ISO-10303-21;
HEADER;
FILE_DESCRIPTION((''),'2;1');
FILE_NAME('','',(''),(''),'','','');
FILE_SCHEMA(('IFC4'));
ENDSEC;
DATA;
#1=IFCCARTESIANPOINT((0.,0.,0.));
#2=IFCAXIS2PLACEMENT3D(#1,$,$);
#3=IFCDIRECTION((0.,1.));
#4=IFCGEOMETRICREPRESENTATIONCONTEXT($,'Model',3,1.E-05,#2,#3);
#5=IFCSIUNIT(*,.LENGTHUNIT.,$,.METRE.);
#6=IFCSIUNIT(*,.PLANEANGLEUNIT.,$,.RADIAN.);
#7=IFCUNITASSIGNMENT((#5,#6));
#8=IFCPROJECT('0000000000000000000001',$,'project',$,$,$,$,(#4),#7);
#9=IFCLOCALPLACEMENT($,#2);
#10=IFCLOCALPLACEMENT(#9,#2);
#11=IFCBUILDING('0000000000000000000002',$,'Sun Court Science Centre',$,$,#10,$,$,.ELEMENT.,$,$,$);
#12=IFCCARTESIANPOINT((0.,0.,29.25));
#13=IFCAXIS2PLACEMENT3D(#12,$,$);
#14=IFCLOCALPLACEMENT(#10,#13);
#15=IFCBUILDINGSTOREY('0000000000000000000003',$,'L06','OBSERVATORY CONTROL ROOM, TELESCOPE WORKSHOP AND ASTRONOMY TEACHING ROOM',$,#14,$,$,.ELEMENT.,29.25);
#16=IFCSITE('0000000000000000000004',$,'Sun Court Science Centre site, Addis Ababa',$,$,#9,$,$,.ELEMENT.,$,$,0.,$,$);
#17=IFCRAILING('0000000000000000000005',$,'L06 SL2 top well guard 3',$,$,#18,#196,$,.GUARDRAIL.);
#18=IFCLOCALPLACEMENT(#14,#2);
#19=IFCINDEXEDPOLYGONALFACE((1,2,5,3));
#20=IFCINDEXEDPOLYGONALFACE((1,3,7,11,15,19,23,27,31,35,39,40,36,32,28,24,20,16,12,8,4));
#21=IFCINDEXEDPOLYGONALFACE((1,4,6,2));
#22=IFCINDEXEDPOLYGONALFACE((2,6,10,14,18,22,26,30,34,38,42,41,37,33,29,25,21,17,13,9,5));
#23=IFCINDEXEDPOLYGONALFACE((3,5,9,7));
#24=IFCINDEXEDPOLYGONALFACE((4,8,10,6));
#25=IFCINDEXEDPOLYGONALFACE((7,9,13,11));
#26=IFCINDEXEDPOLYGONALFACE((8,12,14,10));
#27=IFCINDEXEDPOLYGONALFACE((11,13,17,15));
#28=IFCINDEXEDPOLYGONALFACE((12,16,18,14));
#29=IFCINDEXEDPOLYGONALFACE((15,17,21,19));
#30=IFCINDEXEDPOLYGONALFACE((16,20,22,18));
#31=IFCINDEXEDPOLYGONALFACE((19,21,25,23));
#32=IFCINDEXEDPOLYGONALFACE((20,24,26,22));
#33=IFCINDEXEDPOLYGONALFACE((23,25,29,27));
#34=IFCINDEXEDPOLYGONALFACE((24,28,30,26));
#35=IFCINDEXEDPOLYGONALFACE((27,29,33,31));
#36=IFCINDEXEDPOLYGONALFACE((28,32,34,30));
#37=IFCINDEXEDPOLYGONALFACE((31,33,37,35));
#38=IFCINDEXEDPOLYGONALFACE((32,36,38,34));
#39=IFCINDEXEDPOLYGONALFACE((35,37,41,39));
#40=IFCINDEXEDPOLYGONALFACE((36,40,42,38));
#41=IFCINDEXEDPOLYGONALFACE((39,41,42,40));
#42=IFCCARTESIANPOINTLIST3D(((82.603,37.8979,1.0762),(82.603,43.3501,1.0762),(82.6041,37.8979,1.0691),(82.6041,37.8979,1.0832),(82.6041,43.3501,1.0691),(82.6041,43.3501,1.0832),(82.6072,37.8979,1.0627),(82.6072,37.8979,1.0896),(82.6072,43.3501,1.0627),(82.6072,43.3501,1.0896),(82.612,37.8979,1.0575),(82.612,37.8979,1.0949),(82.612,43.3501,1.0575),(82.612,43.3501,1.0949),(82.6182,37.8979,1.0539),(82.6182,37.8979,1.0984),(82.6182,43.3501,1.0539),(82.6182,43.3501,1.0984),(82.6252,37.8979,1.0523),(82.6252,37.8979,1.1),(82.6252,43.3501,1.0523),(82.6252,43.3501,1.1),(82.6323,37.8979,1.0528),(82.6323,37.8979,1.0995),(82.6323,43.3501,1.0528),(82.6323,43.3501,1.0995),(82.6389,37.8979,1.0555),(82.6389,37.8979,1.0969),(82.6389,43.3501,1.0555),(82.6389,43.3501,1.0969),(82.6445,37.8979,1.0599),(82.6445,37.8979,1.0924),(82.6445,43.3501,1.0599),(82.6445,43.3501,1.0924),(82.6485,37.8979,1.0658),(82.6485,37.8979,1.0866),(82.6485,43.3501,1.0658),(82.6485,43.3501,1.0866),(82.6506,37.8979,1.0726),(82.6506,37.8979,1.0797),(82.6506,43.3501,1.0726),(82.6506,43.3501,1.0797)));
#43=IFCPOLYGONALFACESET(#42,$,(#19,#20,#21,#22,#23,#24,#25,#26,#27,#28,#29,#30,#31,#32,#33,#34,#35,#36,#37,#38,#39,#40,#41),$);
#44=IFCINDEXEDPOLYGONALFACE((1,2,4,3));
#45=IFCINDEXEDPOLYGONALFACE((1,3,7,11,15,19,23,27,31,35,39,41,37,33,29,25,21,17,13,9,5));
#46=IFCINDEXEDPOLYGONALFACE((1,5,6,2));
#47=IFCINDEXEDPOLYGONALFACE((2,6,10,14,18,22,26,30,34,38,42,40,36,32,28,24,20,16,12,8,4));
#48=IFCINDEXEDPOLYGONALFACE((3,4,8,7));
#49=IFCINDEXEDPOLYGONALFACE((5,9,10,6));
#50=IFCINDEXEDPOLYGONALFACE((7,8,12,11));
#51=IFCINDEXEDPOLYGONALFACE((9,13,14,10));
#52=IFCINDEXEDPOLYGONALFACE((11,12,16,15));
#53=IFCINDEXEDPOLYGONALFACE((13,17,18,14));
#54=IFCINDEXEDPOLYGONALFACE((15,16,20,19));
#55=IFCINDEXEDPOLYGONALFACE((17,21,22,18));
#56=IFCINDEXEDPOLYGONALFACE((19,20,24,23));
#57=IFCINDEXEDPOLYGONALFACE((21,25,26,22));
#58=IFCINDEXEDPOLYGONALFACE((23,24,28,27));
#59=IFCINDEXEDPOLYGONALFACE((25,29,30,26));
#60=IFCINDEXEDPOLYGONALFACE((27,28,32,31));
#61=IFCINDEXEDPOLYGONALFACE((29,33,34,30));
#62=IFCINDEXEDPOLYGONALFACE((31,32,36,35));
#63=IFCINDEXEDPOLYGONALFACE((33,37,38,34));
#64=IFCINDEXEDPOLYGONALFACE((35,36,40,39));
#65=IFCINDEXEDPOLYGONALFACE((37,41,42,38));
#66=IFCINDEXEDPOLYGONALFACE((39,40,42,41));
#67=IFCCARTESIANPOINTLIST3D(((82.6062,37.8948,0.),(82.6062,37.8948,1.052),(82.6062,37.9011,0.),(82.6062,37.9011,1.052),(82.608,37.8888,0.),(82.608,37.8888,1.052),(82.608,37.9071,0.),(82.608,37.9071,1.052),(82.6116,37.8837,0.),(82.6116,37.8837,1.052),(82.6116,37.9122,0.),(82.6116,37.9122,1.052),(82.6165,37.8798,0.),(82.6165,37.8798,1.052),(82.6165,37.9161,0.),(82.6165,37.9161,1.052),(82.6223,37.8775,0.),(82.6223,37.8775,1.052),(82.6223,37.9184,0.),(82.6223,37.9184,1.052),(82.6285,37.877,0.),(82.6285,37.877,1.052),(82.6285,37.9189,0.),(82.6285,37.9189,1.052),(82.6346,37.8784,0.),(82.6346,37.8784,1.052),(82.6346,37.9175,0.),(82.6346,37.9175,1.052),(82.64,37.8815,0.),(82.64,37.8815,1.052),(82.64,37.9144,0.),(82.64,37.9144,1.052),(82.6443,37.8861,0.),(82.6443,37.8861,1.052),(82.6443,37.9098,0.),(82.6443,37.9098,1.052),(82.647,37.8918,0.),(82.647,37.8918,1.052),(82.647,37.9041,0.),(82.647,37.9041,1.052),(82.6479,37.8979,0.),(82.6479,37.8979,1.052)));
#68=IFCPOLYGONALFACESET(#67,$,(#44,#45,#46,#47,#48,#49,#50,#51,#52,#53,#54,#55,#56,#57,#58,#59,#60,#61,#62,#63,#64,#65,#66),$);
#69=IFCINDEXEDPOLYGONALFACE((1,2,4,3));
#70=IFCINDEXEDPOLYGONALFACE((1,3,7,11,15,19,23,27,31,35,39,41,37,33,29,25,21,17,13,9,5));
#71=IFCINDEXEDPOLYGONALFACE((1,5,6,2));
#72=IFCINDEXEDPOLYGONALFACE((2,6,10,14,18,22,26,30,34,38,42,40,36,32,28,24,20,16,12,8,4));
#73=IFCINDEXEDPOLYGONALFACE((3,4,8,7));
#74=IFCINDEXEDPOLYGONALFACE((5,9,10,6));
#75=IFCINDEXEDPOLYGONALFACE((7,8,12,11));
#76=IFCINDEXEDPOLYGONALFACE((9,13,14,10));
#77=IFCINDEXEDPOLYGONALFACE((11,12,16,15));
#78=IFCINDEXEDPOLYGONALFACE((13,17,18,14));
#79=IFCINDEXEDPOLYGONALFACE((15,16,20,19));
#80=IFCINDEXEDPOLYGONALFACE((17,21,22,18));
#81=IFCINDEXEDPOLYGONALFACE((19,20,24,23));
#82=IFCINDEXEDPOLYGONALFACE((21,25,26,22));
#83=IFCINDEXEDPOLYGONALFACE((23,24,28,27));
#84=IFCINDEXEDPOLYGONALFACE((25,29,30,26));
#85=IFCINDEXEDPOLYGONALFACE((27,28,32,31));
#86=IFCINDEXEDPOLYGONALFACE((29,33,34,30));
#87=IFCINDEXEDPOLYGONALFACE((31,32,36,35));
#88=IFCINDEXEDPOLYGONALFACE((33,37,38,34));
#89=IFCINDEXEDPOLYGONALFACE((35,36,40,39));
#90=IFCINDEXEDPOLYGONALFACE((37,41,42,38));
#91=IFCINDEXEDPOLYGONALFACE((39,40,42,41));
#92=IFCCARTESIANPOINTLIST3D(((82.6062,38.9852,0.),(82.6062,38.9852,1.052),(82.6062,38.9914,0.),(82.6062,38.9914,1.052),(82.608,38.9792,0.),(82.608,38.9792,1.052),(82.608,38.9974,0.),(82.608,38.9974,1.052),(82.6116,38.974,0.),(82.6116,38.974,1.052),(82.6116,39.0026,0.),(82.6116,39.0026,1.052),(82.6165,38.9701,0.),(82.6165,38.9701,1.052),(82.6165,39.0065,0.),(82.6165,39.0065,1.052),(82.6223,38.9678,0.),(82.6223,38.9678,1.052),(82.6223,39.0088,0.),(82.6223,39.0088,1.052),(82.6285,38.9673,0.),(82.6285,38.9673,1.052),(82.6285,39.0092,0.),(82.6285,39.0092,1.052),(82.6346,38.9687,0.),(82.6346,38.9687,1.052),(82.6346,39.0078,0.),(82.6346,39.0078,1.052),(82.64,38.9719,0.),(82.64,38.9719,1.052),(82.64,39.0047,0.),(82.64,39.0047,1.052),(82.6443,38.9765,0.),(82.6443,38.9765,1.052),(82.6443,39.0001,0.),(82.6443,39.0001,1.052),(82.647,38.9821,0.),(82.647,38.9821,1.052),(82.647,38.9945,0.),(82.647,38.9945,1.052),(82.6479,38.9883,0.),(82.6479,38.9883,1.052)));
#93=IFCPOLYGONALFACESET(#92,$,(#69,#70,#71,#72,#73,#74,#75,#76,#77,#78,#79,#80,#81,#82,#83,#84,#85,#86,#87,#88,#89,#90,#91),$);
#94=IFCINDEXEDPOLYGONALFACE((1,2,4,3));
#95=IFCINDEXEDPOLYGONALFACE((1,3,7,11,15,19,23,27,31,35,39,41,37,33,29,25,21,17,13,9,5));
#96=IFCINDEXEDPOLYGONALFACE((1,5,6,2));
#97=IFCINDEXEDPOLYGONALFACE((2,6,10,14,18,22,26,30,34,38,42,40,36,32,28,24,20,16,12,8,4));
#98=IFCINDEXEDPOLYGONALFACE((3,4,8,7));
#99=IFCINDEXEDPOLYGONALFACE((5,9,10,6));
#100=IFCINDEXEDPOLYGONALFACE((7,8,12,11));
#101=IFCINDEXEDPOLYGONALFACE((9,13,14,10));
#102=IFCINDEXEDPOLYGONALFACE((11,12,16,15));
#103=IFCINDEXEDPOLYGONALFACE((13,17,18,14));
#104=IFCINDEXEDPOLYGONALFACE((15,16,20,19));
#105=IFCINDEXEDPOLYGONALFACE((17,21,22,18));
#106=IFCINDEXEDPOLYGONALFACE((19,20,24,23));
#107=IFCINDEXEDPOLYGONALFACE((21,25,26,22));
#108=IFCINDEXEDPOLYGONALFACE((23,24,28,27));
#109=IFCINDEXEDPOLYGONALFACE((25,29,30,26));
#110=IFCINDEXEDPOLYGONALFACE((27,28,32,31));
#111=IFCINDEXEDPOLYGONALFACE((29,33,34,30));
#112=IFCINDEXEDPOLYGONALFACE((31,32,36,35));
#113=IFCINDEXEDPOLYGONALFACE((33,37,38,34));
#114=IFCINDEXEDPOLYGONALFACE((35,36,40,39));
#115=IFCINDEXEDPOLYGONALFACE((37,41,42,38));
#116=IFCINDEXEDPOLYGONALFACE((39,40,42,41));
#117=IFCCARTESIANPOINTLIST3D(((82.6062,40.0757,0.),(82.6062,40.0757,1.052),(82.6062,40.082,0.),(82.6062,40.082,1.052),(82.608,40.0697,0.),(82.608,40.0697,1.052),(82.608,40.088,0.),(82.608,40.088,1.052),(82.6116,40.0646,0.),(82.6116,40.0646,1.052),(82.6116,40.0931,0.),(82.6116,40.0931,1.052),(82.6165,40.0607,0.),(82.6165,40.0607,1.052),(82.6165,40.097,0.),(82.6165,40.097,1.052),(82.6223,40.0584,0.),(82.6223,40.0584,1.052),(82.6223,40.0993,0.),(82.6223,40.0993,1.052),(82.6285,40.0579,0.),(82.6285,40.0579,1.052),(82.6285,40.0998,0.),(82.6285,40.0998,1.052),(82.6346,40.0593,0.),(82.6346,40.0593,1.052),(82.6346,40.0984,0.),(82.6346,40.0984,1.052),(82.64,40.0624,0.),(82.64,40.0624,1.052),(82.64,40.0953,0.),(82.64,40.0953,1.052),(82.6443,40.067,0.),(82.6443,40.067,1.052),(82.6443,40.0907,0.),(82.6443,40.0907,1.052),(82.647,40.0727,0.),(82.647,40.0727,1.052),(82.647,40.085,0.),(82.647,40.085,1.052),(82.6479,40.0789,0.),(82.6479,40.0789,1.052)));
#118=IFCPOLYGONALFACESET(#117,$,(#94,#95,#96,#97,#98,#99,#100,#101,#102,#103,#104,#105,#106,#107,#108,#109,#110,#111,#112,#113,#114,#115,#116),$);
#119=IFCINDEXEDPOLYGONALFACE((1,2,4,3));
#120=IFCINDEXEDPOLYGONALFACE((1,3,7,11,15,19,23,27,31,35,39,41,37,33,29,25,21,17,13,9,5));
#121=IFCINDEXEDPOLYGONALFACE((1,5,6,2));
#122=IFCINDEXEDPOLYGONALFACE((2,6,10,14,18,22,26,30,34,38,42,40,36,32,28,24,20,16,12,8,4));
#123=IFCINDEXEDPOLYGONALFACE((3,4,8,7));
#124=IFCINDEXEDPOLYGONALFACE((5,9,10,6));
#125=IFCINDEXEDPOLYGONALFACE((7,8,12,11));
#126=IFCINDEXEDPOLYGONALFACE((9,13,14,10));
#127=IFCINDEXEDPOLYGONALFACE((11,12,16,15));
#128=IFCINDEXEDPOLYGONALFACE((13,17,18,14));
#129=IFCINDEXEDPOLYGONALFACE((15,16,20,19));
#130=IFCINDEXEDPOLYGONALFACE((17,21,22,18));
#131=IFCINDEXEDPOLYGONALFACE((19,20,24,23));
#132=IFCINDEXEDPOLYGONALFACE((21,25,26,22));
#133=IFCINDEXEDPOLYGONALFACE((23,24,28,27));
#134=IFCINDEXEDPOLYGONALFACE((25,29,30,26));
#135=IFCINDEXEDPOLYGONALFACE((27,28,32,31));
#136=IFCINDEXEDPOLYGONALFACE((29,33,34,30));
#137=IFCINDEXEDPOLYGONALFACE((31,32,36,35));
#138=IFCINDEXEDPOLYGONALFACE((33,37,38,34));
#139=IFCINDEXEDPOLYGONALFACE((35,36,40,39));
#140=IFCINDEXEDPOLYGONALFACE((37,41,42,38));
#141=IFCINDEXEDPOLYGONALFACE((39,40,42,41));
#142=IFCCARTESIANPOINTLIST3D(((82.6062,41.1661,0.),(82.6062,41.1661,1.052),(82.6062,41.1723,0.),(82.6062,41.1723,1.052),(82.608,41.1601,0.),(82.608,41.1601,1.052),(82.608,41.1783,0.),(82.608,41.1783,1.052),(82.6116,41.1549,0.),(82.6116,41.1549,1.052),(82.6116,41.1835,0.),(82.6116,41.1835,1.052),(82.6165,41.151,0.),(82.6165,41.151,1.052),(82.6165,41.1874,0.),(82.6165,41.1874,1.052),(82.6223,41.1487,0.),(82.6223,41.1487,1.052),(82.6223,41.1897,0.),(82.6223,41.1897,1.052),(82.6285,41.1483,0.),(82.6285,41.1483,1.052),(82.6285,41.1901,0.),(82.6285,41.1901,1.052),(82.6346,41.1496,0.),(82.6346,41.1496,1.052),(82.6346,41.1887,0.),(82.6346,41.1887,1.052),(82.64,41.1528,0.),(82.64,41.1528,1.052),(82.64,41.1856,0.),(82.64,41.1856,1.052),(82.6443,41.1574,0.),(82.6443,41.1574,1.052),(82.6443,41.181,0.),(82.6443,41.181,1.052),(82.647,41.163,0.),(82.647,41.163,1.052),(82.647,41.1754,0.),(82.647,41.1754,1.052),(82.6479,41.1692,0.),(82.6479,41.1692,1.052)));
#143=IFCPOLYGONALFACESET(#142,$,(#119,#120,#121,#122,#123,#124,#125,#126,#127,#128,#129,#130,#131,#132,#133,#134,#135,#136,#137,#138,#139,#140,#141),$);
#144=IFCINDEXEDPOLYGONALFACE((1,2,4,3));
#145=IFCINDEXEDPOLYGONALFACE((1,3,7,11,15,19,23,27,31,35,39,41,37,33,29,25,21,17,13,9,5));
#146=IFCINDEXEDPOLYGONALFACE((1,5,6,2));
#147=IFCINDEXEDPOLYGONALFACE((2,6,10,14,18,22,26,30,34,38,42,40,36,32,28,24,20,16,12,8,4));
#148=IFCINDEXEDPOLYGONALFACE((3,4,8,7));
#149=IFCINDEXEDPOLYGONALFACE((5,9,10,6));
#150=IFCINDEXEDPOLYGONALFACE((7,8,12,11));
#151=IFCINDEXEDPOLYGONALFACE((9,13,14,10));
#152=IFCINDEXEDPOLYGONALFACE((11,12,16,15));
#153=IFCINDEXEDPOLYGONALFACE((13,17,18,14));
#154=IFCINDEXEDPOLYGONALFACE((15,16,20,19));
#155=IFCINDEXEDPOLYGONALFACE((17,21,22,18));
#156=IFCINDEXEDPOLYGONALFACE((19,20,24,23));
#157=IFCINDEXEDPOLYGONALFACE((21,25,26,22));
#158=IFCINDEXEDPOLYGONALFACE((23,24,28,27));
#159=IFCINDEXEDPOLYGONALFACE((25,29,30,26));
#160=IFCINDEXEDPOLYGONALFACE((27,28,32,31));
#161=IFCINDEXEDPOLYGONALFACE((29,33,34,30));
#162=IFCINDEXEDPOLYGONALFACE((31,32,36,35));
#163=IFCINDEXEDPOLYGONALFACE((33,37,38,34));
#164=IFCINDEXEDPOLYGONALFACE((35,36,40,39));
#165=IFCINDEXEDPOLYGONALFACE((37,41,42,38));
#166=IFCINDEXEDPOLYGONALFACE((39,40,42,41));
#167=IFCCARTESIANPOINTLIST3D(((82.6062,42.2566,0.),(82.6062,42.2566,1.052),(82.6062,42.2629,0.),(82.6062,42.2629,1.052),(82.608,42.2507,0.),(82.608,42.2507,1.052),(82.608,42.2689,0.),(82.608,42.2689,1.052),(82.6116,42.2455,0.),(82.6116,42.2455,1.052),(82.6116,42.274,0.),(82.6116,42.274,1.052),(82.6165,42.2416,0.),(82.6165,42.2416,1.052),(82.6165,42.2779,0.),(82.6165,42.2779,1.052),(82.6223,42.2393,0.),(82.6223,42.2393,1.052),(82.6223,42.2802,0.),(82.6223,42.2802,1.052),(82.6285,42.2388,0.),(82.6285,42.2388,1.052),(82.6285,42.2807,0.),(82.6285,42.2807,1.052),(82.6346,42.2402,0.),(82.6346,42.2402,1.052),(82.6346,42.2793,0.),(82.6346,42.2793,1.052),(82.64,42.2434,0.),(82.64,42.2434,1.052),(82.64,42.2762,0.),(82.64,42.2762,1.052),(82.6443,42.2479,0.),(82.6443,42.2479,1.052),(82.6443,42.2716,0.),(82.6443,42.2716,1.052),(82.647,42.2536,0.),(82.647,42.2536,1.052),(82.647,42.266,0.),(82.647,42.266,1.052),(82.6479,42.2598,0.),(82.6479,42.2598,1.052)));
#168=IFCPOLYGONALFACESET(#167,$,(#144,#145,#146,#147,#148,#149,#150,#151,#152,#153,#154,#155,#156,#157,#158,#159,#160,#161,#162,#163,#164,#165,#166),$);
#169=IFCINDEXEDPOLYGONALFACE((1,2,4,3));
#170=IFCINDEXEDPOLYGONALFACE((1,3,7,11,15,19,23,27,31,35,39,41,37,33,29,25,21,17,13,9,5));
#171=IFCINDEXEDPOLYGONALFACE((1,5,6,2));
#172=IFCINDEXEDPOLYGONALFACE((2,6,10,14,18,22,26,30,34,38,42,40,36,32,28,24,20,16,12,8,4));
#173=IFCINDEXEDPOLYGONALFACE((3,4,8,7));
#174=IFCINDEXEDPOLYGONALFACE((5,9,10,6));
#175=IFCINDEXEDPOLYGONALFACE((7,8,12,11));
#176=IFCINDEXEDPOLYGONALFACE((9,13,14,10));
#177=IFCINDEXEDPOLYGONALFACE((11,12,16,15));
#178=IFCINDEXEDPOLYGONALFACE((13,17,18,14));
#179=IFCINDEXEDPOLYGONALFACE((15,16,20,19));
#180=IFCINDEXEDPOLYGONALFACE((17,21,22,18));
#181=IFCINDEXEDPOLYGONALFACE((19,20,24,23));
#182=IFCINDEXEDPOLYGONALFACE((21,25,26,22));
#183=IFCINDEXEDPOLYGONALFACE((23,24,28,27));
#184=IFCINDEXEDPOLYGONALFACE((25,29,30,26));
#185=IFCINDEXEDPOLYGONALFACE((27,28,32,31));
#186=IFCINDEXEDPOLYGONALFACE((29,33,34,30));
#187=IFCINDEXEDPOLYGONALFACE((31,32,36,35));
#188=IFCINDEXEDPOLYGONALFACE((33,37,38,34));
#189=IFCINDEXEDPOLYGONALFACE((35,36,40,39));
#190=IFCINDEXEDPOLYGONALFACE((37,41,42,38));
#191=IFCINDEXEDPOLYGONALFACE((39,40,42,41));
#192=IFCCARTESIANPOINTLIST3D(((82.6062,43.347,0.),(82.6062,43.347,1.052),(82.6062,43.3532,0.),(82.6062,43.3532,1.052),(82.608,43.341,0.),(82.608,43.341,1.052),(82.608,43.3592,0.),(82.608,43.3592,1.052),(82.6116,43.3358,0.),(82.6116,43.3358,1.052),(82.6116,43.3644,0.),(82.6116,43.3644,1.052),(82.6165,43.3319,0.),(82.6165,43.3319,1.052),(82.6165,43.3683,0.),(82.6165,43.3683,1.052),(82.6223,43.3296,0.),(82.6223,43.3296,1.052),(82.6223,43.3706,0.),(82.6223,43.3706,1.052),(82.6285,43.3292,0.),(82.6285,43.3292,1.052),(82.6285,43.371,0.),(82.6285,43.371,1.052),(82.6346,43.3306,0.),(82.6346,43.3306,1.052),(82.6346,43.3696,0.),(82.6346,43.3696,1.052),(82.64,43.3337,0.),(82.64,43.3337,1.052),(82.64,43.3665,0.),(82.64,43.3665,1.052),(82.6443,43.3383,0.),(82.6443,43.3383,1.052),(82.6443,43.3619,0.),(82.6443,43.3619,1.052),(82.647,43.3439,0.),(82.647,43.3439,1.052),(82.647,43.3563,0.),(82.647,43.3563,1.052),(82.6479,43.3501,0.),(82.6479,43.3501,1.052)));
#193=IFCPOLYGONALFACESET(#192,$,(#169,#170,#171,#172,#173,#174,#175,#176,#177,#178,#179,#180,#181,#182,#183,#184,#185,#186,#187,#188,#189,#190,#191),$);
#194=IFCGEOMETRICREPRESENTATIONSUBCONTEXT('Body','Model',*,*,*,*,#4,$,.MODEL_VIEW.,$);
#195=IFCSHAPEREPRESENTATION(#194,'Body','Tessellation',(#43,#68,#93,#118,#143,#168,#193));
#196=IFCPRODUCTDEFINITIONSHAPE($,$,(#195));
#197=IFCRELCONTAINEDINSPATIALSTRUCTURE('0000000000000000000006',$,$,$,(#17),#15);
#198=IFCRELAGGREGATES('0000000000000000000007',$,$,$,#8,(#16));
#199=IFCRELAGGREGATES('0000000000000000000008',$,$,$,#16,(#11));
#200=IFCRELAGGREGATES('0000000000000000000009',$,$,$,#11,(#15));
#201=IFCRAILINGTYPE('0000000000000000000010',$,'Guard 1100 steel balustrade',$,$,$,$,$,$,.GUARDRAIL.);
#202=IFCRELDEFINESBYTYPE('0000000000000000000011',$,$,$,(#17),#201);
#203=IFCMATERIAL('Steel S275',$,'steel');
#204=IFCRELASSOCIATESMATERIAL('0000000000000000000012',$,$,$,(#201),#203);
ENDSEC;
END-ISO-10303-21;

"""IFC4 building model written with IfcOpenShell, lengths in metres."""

from ifc_helpers import new_model, si_unit, direction, frame, origin, origin_2d, place, context, subcontext, project, spatial, circle, extrude, material, type_object, element, save


model = new_model("IFC4")

# Units and contexts
model_context = context("Model", 3, precision=1e-05, world=origin(), true_north=direction((0.0, 1.0)))
body_context = subcontext(model_context, "Body", "Model", "MODEL_VIEW")
ifc_project = project(units=[si_unit("LENGTHUNIT", "METRE"), si_unit("PLANEANGLEUNIT", "RADIAN")], contexts=[model_context])

# Site, building, storey
site_placement = place(None, origin())
site = spatial("IfcSite", under=ifc_project, at=site_placement, Name="Sun Court Science Centre site, Addis Ababa", CompositionType="ELEMENT", RefElevation=0.0)
building_placement = place(site_placement, origin())
building = spatial("IfcBuilding", under=site, at=building_placement, Name="Sun Court Science Centre", CompositionType="ELEMENT")
storey_placement = place(building_placement, frame((0.0, 0.0, 29.25)))
storey = spatial("IfcBuildingStorey", under=building, at=storey_placement, Name="L06", Description="OBSERVATORY CONTROL ROOM, TELESCOPE WORKSHOP AND ASTRONOMY TEACHING ROOM", CompositionType="ELEMENT", Elevation=29.25)

# Railing
ifc_material_1 = material(Name="Steel S275", Category="steel")
railing_type = type_object("IfcRailingType", Name="Guard 1100 steel balustrade", PredefinedType="GUARDRAIL", material=ifc_material_1)
railing_1_placement = place(storey_placement, frame((82.627, 37.8979, 0.0)))
element("IfcRailing", 1, at=railing_1_placement, inside=storey, type_object=railing_type, Name="L06 SL2 top well guard 3", PredefinedType="GUARDRAIL", context=body_context, shape_type="SweptSolid", body=[
    extrude(circle(Radius=0.0239, at=origin_2d()), frame((0.0, 0.0, 1.0762), z_axis=(0.0, 1.0, 0.0), x_axis=(-1.0, 0.0, 0.0)), (0.0, 0.0, 1.0), 5.4521),
    extrude(circle(Radius=0.021, at=origin_2d()), origin(), (0.0, 0.0, 1.0), 1.052),
    extrude(circle(Radius=0.021, at=origin_2d()), frame((0.0, 1.0903, 0.0)), (0.0, 0.0, 1.0), 1.052),
    extrude(circle(Radius=0.021, at=origin_2d()), frame((0.0, 2.1809, 0.0)), (0.0, 0.0, 1.0), 1.052),
    extrude(circle(Radius=0.021, at=origin_2d()), frame((0.0, 3.2712, 0.0)), (0.0, 0.0, 1.0), 1.052),
    extrude(circle(Radius=0.021, at=origin_2d()), frame((0.0, 4.3618, 0.0)), (0.0, 0.0, 1.0), 1.052),
    extrude(circle(Radius=0.021, at=origin_2d()), frame((0.0, 5.4521, 0.0)), (0.0, 0.0, 1.0), 1.052),
])

save(model, "model.ifc")
